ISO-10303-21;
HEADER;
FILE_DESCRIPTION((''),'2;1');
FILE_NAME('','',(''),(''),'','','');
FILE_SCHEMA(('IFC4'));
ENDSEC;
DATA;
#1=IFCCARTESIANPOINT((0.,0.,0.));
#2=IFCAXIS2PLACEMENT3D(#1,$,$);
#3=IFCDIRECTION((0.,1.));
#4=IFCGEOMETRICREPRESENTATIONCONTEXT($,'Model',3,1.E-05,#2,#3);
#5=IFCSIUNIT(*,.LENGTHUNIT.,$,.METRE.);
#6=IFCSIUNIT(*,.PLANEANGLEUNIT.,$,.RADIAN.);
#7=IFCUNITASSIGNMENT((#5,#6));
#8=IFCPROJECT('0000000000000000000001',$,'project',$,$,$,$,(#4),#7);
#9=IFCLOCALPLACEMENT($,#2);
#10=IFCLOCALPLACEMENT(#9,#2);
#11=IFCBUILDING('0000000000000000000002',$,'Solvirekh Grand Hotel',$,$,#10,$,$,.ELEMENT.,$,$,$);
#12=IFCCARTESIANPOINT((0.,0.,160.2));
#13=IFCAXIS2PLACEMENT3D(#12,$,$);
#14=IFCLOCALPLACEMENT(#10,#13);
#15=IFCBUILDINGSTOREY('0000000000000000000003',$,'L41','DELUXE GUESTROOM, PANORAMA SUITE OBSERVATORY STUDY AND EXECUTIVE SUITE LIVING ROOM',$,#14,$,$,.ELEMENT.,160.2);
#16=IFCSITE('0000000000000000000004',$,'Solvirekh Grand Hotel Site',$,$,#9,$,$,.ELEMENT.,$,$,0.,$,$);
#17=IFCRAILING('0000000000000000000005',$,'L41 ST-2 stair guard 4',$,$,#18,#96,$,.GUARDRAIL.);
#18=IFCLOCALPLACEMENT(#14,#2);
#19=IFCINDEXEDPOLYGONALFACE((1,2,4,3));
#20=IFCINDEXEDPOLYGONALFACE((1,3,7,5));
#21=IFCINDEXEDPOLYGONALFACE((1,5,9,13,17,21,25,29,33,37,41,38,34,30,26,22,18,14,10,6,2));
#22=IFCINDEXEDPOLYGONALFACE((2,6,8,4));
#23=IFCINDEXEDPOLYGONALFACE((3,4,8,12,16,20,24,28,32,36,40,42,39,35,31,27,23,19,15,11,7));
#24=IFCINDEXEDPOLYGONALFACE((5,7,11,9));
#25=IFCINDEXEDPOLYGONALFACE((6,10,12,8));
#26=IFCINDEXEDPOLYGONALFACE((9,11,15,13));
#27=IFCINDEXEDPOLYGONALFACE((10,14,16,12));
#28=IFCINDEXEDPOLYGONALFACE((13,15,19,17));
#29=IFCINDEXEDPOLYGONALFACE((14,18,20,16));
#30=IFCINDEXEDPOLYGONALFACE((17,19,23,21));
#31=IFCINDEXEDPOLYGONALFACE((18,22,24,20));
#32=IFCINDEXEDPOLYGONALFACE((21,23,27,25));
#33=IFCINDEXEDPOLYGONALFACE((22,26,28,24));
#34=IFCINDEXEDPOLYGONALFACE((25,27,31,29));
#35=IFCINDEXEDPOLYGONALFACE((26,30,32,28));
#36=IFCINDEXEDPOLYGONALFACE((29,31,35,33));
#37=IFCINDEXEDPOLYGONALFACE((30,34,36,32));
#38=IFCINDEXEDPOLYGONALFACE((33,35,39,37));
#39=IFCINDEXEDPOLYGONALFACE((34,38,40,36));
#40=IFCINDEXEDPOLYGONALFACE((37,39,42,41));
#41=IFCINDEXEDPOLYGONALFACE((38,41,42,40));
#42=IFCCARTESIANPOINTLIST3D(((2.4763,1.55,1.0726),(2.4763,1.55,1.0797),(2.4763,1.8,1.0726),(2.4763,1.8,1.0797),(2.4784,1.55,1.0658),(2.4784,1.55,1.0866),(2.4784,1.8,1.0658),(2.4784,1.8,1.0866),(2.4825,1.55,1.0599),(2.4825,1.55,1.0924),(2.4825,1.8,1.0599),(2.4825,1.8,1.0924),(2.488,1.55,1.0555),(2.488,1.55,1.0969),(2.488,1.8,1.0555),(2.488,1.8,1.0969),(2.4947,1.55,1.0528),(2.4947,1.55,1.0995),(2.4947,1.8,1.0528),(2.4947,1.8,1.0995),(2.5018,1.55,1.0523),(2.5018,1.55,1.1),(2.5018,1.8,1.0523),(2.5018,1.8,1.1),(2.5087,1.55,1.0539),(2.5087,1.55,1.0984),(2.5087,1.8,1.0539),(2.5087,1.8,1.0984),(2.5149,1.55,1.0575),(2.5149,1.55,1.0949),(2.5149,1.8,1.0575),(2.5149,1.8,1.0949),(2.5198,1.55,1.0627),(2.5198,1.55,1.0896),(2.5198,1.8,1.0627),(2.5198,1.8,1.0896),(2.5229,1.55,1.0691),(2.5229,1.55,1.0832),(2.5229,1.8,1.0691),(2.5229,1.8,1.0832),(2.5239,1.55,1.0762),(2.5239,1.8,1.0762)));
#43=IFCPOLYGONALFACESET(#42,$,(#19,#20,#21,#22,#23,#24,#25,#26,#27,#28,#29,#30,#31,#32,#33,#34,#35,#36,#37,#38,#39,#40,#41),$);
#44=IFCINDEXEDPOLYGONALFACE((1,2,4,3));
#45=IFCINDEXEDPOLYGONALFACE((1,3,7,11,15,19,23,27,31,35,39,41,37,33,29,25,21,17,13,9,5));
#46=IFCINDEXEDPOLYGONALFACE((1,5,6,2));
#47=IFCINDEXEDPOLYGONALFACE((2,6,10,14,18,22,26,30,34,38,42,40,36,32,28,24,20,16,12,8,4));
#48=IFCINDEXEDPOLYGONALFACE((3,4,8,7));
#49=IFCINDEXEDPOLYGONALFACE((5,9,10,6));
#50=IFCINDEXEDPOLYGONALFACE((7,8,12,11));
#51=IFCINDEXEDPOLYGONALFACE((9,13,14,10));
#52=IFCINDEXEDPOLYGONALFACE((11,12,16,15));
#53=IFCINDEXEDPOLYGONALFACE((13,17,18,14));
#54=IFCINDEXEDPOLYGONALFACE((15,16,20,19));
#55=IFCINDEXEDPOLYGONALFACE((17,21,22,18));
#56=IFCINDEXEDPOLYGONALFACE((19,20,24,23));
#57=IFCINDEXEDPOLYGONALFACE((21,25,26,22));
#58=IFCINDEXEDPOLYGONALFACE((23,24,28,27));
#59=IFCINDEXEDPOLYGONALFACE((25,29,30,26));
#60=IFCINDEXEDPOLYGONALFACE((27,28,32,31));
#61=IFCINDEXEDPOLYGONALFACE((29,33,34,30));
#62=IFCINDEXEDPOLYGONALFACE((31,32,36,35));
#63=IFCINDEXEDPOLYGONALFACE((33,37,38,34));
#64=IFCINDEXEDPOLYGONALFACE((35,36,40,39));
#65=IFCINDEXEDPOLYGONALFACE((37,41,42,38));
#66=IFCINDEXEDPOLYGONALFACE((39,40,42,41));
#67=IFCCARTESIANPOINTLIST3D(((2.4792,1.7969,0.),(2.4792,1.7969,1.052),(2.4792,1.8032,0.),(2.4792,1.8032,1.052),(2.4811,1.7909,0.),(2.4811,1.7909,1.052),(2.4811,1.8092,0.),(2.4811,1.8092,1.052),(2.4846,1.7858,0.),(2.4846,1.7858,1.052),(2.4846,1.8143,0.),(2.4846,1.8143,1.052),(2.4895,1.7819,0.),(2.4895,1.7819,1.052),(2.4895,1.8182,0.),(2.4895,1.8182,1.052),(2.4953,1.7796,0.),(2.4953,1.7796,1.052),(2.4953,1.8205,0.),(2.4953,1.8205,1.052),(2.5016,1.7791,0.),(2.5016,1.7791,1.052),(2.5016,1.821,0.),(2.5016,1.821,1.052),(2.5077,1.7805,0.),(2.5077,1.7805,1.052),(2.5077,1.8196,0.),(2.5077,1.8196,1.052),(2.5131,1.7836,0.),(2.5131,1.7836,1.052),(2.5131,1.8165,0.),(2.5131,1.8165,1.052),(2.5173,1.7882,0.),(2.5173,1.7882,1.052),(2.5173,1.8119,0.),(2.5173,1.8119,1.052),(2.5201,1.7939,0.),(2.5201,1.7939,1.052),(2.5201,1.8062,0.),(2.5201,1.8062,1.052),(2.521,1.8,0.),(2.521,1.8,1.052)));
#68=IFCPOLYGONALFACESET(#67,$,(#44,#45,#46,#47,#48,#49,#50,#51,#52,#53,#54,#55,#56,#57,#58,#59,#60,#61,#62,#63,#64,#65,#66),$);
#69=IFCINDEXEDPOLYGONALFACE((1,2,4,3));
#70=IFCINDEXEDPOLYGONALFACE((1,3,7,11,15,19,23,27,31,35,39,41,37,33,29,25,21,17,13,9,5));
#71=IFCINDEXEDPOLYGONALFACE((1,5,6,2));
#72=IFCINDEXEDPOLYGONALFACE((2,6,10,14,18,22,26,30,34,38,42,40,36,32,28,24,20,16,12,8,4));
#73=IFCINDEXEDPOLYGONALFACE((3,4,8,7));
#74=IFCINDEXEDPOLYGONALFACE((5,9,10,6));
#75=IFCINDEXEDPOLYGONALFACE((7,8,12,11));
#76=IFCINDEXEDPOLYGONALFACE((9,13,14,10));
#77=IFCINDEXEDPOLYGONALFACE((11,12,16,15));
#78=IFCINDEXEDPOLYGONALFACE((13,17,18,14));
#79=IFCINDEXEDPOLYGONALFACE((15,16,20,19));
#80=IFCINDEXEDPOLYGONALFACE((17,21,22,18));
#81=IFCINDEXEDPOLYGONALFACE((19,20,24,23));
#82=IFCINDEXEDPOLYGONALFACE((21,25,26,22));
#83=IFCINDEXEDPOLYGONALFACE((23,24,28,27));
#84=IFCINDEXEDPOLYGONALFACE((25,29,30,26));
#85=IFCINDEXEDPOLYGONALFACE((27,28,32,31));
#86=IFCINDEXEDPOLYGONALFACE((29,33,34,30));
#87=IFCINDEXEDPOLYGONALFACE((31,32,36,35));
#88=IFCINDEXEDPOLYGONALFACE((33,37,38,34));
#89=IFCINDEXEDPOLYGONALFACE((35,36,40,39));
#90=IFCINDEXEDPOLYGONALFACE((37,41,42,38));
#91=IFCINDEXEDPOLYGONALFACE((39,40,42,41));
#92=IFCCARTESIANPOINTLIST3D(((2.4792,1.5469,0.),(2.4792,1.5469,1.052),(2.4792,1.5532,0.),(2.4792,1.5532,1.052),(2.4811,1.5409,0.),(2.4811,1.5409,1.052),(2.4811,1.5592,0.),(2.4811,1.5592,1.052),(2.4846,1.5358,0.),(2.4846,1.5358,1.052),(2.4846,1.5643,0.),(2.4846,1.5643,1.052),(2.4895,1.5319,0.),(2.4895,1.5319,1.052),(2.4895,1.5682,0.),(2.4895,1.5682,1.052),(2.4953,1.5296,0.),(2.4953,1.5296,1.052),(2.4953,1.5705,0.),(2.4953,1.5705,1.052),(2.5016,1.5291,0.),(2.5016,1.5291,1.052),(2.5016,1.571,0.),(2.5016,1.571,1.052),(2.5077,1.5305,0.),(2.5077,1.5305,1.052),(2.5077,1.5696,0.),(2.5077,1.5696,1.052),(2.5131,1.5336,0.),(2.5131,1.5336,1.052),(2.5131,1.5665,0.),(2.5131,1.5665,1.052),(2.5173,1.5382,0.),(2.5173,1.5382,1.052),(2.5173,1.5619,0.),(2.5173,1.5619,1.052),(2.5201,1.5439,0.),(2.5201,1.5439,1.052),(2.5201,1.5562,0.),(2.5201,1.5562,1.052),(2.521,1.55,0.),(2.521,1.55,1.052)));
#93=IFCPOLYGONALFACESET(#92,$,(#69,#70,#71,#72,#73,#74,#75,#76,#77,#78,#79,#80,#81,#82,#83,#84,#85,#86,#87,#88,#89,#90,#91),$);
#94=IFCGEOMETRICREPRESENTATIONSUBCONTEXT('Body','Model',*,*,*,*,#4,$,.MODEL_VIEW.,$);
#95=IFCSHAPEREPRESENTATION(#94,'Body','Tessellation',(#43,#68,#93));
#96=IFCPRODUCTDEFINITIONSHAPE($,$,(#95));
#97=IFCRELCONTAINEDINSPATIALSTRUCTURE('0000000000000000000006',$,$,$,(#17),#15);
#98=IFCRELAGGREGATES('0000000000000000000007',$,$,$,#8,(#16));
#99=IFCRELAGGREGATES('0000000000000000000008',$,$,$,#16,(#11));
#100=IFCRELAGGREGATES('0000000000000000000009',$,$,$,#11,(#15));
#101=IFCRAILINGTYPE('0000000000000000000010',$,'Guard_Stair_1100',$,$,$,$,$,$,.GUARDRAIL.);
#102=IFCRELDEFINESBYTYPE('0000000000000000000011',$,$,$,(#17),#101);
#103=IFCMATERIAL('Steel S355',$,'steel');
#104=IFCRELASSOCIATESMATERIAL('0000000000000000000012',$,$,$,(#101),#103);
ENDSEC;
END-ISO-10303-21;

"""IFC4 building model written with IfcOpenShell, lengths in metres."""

from ifc_helpers import new_model, si_unit, direction, frame, origin, origin_2d, place, context, subcontext, project, spatial, circle, extrude, material, type_object, element, save


model = new_model("IFC4")

# Units and contexts
model_context = context("Model", 3, precision=1e-05, world=origin(), true_north=direction((0.0, 1.0)))
body_context = subcontext(model_context, "Body", "Model", "MODEL_VIEW")
ifc_project = project(units=[si_unit("LENGTHUNIT", "METRE"), si_unit("PLANEANGLEUNIT", "RADIAN")], contexts=[model_context])

# Site, building, storey
site_placement = place(None, origin())
site = spatial("IfcSite", under=ifc_project, at=site_placement, Name="Solvirekh Grand Hotel Site", CompositionType="ELEMENT", RefElevation=0.0)
building_placement = place(site_placement, origin())
building = spatial("IfcBuilding", under=site, at=building_placement, Name="Solvirekh Grand Hotel", CompositionType="ELEMENT")
storey_placement = place(building_placement, frame((0.0, 0.0, 160.2)))
storey = spatial("IfcBuildingStorey", under=building, at=storey_placement, Name="L41", Description="DELUXE GUESTROOM, PANORAMA SUITE OBSERVATORY STUDY AND EXECUTIVE SUITE LIVING ROOM", CompositionType="ELEMENT", Elevation=160.2)

# Shared definitions
ifc_material_1 = material(Name="Steel S355", Category="steel")

# Railing
railing_type_1 = type_object("IfcRailingType", Name="Guard_Stair_1100", PredefinedType="GUARDRAIL", material=ifc_material_1)
railing_1_placement = place(storey_placement, frame((2.5, 1.8, 0.0)))
element("IfcRailing", 1, at=railing_1_placement, inside=storey, type_object=railing_type_1, Name="L41 ST-2 stair guard 4", PredefinedType="GUARDRAIL", context=body_context, shape_type="SweptSolid", body=[
    extrude(circle(Radius=0.0239, at=origin_2d()), frame((0.0, 0.0, 1.0762), z_axis=(0.0, -1.0, 0.0), x_axis=(1.0, 0.0, 0.0)), (0.0, 0.0, 1.0), 0.25),
    extrude(circle(Radius=0.021, at=origin_2d()), origin(), (0.0, 0.0, 1.0), 1.052),
    extrude(circle(Radius=0.021, at=origin_2d()), frame((0.0, -0.25, 0.0)), (0.0, 0.0, 1.0), 1.052),
])

save(model, "model.ifc")
